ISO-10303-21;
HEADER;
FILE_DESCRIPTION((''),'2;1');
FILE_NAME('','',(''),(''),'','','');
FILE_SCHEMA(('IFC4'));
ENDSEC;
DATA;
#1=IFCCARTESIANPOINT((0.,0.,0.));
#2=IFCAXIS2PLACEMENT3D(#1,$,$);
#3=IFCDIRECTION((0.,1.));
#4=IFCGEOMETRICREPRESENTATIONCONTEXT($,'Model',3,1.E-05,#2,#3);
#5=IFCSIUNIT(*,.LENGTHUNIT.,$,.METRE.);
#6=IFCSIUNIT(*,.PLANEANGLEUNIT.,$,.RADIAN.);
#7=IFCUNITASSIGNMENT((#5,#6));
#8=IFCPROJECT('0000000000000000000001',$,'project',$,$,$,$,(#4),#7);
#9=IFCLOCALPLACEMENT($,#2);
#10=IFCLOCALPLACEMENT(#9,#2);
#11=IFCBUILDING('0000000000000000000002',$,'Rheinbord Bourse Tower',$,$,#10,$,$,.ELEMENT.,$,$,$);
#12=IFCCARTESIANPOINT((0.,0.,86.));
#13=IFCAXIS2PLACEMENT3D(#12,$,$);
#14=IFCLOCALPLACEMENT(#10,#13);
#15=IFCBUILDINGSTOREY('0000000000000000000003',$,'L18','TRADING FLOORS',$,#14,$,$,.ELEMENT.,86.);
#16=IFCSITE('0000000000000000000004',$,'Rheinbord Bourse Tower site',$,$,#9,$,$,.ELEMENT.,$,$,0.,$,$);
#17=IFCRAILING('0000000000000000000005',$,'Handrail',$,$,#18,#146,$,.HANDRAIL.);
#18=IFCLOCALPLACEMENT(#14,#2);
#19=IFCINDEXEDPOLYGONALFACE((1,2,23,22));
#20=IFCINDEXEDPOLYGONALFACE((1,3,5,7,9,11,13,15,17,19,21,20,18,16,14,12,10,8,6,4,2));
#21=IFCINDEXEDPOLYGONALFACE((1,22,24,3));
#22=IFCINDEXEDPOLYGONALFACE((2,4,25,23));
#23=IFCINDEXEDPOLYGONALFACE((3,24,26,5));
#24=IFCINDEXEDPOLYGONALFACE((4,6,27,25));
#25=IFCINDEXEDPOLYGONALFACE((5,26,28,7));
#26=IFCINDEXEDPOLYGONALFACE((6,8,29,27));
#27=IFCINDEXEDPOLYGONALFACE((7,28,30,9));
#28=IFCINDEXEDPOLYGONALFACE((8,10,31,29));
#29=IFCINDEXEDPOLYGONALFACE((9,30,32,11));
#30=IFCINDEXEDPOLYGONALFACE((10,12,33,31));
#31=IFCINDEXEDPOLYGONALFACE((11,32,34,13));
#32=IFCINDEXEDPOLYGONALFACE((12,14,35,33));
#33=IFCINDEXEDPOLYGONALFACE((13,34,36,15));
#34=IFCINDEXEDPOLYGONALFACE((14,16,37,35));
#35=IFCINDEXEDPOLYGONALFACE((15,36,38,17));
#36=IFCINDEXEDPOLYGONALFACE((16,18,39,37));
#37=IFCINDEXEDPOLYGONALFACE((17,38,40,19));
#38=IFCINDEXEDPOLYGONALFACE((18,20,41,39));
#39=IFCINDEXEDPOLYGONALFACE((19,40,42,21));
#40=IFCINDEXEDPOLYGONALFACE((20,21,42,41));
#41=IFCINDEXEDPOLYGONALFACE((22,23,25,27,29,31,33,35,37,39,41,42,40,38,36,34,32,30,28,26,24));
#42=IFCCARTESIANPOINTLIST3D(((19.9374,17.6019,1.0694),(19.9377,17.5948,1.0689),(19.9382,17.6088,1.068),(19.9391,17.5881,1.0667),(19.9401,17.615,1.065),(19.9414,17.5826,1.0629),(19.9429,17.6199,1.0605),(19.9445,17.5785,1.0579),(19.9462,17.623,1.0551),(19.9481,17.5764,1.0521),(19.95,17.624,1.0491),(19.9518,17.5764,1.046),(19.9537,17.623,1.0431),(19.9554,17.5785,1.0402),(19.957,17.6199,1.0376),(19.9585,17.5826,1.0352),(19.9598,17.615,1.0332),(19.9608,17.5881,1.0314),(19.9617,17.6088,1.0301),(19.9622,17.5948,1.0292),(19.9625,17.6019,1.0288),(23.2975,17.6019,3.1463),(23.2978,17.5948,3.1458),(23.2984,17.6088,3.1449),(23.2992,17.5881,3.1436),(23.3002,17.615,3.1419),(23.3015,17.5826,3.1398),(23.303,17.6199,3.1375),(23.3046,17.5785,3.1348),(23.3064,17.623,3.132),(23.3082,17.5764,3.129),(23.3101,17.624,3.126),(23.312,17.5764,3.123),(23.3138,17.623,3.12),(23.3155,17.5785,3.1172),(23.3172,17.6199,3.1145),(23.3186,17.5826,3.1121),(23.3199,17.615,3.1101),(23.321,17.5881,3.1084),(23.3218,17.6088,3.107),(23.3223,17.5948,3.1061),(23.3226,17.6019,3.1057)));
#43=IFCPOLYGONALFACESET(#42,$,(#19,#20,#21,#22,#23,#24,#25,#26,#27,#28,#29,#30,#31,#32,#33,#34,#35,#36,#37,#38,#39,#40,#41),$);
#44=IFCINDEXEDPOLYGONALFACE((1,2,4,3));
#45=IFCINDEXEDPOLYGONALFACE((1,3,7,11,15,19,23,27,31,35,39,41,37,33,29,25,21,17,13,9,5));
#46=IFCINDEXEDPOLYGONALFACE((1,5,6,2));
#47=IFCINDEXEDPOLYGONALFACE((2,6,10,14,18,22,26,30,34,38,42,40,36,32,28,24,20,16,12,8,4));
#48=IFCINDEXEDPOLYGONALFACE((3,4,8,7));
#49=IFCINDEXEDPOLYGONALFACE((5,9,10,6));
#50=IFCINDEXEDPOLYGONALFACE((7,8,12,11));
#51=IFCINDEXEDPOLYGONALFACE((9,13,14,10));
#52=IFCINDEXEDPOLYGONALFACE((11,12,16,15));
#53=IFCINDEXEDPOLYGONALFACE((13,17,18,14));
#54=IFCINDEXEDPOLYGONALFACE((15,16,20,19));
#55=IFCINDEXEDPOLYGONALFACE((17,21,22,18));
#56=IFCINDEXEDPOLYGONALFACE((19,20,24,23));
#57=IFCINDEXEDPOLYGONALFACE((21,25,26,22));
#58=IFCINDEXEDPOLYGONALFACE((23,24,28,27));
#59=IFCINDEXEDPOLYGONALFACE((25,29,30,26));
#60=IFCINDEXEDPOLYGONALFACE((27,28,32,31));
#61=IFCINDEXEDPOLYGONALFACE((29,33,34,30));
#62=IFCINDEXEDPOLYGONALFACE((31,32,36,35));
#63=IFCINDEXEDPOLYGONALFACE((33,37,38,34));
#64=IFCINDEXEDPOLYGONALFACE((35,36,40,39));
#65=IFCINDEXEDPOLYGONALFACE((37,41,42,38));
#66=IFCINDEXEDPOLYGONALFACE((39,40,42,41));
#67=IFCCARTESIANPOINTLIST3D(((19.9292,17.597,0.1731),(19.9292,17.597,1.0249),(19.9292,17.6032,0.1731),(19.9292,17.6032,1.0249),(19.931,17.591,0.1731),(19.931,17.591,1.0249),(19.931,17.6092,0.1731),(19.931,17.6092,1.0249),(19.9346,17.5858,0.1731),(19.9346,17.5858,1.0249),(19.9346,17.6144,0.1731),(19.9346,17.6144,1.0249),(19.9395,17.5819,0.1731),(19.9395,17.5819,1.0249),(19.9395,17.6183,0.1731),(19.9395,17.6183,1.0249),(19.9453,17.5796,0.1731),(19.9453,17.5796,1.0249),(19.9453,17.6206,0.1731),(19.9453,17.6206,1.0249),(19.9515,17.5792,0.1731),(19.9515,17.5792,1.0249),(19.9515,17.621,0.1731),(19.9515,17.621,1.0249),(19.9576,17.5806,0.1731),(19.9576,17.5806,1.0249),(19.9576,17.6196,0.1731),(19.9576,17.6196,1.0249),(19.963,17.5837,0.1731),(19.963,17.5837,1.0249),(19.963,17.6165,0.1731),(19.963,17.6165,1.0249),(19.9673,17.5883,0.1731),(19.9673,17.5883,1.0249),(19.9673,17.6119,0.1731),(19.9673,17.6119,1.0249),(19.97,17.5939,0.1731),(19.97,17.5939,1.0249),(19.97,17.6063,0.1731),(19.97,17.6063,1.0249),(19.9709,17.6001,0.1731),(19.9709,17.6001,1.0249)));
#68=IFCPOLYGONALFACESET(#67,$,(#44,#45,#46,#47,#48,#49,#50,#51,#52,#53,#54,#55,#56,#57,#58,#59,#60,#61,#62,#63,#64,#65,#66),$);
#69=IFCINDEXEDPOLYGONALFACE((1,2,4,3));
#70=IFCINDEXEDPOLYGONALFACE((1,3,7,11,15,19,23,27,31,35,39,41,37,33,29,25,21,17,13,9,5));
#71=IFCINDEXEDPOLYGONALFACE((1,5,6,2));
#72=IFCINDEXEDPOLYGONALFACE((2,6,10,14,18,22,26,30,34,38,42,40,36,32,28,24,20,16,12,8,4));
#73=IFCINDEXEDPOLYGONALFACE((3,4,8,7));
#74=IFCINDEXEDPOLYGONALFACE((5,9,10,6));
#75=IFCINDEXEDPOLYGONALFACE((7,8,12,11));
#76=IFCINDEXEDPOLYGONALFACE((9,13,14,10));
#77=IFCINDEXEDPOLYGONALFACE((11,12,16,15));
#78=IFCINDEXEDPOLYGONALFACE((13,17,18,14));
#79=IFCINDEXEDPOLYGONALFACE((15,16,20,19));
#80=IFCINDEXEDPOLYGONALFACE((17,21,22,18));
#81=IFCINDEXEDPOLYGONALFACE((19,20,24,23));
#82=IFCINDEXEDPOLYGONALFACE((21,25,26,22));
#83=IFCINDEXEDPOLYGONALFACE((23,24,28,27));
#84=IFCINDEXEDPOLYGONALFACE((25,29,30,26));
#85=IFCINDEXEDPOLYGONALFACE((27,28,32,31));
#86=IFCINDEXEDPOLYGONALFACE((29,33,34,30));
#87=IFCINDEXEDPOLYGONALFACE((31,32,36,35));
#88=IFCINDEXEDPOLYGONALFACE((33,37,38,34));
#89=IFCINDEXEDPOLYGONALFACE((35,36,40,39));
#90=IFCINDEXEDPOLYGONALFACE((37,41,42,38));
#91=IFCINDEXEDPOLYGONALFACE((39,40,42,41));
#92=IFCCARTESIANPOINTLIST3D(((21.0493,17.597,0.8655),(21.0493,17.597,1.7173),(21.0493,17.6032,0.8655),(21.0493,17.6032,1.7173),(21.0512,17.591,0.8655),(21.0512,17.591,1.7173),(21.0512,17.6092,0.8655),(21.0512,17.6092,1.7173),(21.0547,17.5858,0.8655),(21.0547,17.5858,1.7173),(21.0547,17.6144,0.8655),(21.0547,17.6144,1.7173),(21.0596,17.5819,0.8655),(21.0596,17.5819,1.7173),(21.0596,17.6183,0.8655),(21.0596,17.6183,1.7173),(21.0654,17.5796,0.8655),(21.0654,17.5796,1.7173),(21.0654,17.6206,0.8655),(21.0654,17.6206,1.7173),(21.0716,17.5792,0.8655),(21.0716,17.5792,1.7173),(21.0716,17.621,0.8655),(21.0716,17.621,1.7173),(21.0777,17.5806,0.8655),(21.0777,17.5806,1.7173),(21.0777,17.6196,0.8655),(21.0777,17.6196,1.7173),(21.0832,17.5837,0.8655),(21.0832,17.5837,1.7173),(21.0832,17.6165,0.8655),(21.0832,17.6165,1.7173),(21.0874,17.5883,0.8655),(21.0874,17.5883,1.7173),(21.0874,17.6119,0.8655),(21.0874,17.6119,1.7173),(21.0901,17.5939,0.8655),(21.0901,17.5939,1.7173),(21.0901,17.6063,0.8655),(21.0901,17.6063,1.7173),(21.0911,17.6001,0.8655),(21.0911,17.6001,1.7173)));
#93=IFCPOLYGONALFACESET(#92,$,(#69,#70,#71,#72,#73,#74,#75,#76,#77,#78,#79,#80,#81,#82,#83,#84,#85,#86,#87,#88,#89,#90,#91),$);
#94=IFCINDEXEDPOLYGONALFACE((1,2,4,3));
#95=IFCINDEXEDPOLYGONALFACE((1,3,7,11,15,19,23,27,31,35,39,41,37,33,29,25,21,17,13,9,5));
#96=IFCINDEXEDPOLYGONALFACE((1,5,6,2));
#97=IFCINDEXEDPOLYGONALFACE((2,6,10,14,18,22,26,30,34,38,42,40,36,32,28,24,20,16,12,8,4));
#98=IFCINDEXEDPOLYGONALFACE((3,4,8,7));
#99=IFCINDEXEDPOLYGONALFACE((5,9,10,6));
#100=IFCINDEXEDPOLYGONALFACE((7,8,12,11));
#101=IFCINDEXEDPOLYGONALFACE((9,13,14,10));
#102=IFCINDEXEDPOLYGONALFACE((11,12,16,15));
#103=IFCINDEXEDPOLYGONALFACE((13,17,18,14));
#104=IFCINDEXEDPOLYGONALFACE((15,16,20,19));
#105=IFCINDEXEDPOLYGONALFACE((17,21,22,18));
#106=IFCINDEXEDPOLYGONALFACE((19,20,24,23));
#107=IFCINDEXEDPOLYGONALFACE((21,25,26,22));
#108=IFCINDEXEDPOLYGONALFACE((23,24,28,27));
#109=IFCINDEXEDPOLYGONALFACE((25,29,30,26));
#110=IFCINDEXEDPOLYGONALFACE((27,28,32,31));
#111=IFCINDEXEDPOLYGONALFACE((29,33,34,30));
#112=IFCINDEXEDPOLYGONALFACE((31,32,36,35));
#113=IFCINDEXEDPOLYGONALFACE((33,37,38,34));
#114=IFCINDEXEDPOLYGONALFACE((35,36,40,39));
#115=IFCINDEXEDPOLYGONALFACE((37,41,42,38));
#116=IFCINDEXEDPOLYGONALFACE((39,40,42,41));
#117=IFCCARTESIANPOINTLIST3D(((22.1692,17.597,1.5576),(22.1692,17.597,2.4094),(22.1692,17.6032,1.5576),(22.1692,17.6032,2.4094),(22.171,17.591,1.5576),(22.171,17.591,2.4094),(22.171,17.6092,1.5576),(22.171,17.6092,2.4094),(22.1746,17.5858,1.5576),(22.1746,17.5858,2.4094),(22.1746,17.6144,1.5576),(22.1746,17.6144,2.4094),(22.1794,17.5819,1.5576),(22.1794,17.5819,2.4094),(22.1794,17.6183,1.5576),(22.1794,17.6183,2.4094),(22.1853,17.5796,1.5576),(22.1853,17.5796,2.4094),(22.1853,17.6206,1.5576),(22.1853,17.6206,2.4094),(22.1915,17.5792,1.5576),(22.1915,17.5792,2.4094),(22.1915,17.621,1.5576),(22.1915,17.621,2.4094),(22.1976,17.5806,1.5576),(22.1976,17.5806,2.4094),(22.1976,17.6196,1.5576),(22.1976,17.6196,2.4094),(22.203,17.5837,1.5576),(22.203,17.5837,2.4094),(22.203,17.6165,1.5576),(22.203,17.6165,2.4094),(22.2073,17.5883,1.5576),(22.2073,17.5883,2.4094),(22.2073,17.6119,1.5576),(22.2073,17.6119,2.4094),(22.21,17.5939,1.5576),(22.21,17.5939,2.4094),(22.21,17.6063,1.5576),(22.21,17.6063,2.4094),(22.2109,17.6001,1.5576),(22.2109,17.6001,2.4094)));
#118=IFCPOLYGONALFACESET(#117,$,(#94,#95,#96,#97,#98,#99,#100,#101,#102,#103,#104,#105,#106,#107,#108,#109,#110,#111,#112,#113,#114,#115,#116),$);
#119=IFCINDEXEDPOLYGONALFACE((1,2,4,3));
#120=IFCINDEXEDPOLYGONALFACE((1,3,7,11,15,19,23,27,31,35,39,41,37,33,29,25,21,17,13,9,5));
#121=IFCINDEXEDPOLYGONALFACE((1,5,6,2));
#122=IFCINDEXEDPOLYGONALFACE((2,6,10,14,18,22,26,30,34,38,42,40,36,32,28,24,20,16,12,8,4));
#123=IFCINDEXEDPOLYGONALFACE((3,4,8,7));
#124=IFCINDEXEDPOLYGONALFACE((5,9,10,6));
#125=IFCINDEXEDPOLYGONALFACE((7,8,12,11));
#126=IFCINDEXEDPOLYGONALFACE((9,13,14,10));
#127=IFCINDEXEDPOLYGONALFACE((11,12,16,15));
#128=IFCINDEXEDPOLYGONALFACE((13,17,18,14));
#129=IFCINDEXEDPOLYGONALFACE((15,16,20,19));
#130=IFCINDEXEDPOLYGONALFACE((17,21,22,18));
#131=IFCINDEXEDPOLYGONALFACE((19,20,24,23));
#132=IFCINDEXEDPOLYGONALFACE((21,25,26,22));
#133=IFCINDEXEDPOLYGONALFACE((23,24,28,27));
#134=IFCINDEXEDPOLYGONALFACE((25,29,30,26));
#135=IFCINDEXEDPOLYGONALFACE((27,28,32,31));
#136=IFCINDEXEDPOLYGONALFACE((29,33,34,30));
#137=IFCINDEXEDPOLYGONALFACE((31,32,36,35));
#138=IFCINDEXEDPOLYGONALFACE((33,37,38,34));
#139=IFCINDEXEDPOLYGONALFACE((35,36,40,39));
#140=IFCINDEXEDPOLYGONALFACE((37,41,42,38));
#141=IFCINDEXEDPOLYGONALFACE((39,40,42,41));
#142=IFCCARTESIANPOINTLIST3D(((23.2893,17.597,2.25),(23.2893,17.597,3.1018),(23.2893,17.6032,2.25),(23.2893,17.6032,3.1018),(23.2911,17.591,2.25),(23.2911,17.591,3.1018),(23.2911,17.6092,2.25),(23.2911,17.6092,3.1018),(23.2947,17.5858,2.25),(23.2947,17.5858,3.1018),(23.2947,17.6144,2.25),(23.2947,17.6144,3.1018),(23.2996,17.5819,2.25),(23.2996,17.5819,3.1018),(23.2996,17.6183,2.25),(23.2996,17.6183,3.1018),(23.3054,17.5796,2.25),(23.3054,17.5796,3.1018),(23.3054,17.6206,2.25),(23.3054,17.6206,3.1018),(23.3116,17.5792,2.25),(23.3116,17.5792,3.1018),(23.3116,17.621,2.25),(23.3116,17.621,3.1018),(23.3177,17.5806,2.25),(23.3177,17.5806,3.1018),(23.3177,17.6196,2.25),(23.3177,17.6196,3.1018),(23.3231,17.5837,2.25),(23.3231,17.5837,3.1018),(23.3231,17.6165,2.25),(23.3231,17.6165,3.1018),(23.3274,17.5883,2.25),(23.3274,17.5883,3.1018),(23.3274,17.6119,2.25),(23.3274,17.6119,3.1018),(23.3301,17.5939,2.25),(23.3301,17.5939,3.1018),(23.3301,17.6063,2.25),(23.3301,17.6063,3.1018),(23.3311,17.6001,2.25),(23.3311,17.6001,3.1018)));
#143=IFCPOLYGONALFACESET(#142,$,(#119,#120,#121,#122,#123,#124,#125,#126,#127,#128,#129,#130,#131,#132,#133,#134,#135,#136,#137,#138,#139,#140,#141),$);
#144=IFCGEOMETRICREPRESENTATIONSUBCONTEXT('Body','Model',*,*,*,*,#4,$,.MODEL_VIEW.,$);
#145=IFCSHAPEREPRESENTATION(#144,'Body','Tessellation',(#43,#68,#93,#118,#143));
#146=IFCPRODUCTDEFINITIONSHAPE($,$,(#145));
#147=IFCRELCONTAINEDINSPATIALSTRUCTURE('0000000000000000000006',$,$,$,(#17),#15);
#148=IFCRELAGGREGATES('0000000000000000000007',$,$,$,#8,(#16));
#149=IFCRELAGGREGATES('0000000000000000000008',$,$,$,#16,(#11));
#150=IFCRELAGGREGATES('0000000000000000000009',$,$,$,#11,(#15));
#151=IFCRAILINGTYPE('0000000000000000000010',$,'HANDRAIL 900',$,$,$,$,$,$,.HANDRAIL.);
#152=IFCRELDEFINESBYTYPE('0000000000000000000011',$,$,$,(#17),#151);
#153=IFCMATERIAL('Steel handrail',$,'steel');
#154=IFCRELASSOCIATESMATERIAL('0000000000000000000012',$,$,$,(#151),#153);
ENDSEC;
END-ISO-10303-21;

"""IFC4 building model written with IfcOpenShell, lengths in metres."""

from ifc_helpers import new_model, si_unit, direction, frame, origin, origin_2d, place, context, subcontext, project, spatial, circle, extrude, material, type_object, element, save


model = new_model("IFC4")

# Units and contexts
model_context = context("Model", 3, precision=1e-05, world=origin(), true_north=direction((0.0, 1.0)))
body_context = subcontext(model_context, "Body", "Model", "MODEL_VIEW")
ifc_project = project(units=[si_unit("LENGTHUNIT", "METRE"), si_unit("PLANEANGLEUNIT", "RADIAN")], contexts=[model_context])

# Site, building, storey
site_placement = place(None, origin())
site = spatial("IfcSite", under=ifc_project, at=site_placement, Name="Rheinbord Bourse Tower site", CompositionType="ELEMENT", RefElevation=0.0)
building_placement = place(site_placement, origin())
building = spatial("IfcBuilding", under=site, at=building_placement, Name="Rheinbord Bourse Tower", CompositionType="ELEMENT")
storey_placement = place(building_placement, frame((0.0, 0.0, 86.0)))
storey = spatial("IfcBuildingStorey", under=building, at=storey_placement, Name="L18", Description="TRADING FLOORS", CompositionType="ELEMENT", Elevation=86.0)

# Railing
ifc_material_1 = material(Name="Steel handrail", Category="steel")
railing_type = type_object("IfcRailingType", Name="HANDRAIL 900", PredefinedType="HANDRAIL", material=ifc_material_1)
railing_1_placement = place(storey_placement, frame((19.95, 17.6001, 0.1731)))
element("IfcRailing", 1, at=railing_1_placement, inside=storey, type_object=railing_type, Name="Handrail", PredefinedType="HANDRAIL", context=body_context, shape_type="SweptSolid", body=[
    extrude(circle(Radius=0.0239, at=origin_2d()), frame((0.0, 0.0, 0.876), z_axis=(0.850623, 0.0, 0.525776), x_axis=(0.0, 1.0, 0.0)), (0.0, 0.0, 1.0), 3.9502),
    extrude(circle(Radius=0.021, at=origin_2d()), origin(), (0.0, 0.0, 1.0), 0.8518),
    extrude(circle(Radius=0.021, at=origin_2d()), frame((1.1201, 0.0, 0.6924)), (0.0, 0.0, 1.0), 0.8518),
    extrude(circle(Radius=0.021, at=origin_2d()), frame((2.24, 0.0, 1.3845)), (0.0, 0.0, 1.0), 0.8518),
    extrude(circle(Radius=0.021, at=origin_2d()), frame((3.3601, 0.0, 2.0769)), (0.0, 0.0, 1.0), 0.8518),
])

save(model, "model.ifc")
